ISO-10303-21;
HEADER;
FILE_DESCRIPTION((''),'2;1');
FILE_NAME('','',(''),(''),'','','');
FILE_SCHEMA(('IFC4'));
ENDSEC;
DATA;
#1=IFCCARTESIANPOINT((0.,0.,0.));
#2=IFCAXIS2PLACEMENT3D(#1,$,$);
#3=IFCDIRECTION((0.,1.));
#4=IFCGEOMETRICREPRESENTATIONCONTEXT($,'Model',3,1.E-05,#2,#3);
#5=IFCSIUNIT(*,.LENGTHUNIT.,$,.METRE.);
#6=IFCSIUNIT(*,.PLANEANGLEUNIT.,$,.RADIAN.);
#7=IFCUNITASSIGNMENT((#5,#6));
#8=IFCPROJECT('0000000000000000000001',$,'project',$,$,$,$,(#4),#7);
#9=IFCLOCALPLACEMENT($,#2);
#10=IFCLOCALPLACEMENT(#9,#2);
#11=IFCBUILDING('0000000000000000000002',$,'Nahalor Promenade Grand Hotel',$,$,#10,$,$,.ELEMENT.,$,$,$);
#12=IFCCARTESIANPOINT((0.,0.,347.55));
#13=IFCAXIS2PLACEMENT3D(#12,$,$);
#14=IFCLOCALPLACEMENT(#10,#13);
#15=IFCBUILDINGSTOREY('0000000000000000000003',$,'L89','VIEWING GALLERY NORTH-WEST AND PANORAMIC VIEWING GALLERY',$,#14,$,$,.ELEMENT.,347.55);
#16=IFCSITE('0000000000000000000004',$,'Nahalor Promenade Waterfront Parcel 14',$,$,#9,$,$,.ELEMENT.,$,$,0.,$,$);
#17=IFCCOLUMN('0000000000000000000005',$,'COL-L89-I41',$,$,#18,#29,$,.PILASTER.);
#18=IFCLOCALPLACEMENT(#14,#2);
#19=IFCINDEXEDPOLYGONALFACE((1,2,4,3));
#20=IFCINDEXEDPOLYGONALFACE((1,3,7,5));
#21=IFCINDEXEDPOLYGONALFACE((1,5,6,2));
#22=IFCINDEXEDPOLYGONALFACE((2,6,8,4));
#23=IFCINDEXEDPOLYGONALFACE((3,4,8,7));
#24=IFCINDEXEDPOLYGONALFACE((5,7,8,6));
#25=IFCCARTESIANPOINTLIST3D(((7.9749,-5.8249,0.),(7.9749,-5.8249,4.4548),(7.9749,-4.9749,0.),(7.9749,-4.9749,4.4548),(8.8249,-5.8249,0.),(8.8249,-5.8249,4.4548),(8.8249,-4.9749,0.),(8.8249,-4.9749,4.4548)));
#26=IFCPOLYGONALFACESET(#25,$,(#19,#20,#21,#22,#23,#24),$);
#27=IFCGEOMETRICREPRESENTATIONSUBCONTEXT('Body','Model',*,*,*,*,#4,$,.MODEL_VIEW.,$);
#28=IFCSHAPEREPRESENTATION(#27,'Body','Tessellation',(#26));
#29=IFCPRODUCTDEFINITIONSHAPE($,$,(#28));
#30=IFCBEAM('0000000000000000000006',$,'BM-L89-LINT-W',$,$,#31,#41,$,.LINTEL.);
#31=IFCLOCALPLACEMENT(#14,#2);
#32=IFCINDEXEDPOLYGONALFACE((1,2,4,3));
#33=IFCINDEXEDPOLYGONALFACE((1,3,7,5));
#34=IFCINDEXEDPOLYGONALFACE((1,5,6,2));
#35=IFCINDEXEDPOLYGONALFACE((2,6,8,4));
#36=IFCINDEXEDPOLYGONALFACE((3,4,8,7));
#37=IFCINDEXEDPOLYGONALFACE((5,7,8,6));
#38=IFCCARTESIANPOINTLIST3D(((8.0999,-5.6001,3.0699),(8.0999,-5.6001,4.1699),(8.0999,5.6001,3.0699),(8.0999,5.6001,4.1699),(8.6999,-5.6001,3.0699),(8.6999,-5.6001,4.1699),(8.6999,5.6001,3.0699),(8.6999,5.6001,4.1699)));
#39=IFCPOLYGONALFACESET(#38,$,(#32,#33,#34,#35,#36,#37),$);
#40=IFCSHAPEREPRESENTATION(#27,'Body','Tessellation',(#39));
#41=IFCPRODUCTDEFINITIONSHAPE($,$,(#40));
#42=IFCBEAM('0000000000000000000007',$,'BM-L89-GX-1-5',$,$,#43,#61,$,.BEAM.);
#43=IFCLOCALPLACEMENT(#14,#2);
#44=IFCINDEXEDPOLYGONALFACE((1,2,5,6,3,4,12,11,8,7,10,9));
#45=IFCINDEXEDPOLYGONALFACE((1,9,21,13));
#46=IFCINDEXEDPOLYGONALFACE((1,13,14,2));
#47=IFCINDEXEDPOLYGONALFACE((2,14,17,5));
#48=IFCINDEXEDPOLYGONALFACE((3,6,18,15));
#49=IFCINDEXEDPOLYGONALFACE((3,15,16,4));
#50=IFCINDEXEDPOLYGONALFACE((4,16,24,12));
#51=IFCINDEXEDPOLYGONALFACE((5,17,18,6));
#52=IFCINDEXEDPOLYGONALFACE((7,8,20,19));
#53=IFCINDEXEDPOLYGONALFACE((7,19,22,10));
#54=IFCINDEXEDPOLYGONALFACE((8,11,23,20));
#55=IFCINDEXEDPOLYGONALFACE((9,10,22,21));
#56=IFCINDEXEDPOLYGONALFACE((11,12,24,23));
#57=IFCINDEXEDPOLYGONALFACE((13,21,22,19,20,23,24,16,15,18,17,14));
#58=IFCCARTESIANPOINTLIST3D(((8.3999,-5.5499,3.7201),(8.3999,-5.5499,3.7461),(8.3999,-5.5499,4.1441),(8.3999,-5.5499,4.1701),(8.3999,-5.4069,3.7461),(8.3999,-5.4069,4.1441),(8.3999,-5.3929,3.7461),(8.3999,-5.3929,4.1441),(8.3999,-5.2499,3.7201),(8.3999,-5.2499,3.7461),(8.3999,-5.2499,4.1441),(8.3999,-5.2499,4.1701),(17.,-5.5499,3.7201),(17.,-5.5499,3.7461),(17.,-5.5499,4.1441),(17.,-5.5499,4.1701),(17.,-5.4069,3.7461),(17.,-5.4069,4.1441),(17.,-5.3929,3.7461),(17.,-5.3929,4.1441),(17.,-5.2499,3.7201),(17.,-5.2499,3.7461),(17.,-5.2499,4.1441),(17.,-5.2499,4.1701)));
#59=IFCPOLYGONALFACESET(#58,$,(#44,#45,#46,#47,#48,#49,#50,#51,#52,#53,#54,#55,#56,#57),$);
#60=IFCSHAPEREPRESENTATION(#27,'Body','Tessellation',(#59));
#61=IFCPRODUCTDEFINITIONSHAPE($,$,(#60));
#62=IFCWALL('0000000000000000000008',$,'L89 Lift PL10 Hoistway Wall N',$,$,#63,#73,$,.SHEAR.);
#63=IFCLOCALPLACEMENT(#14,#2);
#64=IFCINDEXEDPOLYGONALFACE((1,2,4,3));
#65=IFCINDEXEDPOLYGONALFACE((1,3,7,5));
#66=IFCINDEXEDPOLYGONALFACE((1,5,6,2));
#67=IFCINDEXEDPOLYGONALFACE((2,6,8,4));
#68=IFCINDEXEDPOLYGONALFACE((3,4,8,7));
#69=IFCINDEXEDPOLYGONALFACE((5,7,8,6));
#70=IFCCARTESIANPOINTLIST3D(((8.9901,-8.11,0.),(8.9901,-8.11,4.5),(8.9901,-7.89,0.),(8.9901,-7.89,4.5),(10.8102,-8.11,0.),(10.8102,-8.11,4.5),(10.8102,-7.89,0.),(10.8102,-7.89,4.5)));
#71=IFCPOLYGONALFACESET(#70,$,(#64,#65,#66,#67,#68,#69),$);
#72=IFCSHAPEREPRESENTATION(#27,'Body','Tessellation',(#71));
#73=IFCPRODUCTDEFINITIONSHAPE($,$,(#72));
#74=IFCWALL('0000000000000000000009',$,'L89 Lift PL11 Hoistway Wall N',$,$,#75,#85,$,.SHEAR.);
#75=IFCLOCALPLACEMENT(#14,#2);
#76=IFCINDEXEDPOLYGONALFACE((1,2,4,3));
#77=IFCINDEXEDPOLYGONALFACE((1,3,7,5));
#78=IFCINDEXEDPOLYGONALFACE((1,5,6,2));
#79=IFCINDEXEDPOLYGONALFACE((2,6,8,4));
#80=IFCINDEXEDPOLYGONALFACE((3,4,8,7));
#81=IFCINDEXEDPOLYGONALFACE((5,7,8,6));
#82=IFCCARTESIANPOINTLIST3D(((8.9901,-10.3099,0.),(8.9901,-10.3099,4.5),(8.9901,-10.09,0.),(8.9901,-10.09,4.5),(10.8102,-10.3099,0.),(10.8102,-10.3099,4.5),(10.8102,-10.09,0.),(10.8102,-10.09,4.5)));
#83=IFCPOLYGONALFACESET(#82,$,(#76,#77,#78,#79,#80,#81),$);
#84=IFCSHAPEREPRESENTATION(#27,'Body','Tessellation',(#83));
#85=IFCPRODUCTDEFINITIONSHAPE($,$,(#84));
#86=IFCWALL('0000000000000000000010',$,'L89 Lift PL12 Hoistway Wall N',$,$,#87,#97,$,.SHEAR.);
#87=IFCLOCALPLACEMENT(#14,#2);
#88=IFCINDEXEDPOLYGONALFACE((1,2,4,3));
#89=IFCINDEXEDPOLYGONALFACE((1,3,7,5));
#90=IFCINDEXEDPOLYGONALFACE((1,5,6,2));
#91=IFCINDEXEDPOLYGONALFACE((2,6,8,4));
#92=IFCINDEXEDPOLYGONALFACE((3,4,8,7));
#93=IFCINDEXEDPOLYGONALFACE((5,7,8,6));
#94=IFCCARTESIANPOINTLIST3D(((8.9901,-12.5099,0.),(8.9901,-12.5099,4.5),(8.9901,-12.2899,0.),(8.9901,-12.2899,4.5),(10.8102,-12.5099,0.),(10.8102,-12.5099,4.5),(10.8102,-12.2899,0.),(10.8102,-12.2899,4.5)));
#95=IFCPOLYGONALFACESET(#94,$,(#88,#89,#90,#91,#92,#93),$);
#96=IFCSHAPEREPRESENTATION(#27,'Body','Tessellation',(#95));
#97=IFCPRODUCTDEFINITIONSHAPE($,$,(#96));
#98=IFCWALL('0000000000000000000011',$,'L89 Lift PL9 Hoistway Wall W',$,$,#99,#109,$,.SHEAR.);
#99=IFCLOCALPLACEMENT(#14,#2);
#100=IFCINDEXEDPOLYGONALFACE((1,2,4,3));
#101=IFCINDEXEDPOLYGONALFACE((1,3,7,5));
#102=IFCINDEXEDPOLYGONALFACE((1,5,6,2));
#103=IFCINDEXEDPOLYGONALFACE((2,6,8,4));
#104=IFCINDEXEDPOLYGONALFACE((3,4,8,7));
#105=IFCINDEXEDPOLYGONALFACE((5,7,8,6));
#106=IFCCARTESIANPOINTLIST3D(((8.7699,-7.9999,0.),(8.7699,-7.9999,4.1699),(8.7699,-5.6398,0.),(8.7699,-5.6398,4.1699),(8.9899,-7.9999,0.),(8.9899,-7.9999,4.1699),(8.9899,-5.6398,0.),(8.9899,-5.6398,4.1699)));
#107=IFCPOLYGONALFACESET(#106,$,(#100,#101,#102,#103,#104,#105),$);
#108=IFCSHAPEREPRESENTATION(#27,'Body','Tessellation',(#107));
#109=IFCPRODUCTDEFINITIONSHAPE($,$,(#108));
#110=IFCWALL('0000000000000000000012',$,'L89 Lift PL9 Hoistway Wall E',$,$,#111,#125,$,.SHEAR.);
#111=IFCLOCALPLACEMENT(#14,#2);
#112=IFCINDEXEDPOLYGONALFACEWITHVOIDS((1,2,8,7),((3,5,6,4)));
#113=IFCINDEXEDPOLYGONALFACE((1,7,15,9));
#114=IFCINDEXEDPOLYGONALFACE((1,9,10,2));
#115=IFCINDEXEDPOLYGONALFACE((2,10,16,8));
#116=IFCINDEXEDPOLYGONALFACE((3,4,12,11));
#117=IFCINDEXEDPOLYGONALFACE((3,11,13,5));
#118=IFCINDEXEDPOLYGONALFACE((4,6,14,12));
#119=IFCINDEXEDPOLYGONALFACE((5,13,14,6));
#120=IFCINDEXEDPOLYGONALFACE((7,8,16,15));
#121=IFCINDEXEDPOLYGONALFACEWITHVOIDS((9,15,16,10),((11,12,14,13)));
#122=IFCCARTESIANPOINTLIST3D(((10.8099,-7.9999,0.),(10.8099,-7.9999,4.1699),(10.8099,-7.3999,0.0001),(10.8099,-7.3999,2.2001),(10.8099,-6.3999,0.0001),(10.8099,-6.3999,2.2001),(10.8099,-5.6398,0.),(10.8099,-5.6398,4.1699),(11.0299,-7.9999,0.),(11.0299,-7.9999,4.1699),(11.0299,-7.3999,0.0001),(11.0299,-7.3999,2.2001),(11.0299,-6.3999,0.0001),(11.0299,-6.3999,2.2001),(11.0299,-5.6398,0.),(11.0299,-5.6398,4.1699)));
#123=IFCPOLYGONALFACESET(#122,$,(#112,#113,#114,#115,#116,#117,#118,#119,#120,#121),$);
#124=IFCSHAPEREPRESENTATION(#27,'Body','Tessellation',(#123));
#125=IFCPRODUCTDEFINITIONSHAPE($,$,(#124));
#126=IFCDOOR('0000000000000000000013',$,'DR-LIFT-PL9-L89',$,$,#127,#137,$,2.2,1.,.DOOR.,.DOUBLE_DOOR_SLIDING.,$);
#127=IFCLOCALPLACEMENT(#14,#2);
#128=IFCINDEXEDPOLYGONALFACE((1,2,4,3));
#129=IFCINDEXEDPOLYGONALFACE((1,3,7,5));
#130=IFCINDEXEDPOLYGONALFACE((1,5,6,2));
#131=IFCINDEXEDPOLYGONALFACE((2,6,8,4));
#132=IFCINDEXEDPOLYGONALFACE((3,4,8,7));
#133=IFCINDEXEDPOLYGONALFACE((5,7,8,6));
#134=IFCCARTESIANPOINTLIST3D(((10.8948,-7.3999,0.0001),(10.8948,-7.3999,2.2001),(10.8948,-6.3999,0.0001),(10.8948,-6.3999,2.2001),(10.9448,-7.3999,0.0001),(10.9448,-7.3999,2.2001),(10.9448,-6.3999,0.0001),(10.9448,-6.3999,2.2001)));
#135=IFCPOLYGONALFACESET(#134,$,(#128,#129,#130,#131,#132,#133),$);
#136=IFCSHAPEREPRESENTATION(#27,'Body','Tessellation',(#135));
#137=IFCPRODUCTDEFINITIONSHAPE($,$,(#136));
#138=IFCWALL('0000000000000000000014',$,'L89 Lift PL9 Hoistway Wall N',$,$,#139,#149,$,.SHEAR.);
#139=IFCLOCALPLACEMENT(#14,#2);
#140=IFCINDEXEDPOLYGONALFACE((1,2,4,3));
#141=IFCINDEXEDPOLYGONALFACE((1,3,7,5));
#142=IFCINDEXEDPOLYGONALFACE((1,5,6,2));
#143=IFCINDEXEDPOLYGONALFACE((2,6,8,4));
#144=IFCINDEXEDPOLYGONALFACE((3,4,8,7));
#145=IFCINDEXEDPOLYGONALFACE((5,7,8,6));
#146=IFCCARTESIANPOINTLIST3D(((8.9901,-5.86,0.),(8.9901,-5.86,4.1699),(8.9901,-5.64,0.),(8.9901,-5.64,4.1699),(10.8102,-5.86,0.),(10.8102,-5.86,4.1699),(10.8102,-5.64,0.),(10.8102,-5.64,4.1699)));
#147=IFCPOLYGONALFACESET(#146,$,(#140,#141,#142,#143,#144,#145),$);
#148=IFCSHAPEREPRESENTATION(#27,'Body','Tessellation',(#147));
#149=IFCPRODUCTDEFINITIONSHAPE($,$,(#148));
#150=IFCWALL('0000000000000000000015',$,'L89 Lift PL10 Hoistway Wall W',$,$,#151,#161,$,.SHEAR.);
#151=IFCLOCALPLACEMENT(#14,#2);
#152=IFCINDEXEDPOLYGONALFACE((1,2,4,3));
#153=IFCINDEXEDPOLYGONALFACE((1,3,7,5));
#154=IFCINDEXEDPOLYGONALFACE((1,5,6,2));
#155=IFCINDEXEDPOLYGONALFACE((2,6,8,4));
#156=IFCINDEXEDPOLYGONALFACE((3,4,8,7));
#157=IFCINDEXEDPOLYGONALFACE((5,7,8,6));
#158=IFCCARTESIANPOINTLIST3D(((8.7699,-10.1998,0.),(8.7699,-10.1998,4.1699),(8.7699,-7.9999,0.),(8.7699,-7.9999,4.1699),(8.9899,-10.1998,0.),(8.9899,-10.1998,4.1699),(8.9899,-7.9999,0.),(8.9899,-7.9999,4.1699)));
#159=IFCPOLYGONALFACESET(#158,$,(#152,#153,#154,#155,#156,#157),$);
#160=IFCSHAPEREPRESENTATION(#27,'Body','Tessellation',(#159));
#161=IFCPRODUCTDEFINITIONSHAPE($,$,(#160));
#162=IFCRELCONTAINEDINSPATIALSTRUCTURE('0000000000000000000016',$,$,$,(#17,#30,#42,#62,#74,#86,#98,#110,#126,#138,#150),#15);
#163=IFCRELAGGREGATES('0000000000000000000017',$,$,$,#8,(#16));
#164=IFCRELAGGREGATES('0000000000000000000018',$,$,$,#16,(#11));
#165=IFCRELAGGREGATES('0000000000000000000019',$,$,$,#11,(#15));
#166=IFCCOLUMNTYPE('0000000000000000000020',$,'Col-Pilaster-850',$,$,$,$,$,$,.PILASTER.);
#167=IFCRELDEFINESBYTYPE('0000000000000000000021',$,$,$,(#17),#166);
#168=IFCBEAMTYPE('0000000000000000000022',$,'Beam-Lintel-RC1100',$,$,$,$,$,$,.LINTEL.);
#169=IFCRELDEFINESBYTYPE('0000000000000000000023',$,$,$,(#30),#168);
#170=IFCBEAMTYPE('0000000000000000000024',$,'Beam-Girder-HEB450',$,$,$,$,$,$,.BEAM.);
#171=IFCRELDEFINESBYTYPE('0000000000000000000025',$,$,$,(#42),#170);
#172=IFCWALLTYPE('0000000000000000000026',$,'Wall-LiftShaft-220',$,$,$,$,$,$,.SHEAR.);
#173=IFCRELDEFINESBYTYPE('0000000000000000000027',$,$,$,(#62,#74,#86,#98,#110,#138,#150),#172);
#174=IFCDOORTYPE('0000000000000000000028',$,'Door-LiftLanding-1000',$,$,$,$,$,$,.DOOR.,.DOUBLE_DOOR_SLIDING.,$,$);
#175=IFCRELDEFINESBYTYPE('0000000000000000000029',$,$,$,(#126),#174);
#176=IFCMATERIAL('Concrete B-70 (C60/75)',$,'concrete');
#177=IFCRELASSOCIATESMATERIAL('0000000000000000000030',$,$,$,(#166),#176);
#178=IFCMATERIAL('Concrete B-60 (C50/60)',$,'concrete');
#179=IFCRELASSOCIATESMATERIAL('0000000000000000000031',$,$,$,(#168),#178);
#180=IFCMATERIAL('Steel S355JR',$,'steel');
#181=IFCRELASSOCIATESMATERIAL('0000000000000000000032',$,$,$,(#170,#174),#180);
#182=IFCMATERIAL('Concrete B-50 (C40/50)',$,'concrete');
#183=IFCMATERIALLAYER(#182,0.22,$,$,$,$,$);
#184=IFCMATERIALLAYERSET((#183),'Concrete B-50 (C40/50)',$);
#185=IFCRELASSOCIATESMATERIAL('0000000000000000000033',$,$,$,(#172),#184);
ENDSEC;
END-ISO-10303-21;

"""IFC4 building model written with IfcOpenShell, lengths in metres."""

from ifc_helpers import new_model, si_unit, direction, frame, frame_2d, origin, origin_2d, place, context, subcontext, project, spatial, rectangle, i_section, extrude, source, transform, mapped, material, layer, layer_set, material_profile, profile_set, type_object, element, fill, save


model = new_model("IFC4")

# Units and contexts
model_context = context("Model", 3, precision=1e-05, world=origin(), true_north=direction((0.0, 1.0)))
body_context = subcontext(model_context, "Body", "Model", "MODEL_VIEW")
ifc_project = project(units=[si_unit("LENGTHUNIT", "METRE"), si_unit("PLANEANGLEUNIT", "RADIAN")], contexts=[model_context])

# Site, building, storey
site_placement = place(None, origin())
site = spatial("IfcSite", under=ifc_project, at=site_placement, Name="Nahalor Promenade Waterfront Parcel 14", CompositionType="ELEMENT", RefElevation=0.0)
building_placement = place(site_placement, origin())
building = spatial("IfcBuilding", under=site, at=building_placement, Name="Nahalor Promenade Grand Hotel", CompositionType="ELEMENT")
storey_placement = place(building_placement, frame((0.0, 0.0, 347.55)))
storey = spatial("IfcBuildingStorey", under=building, at=storey_placement, Name="L89", Description="VIEWING GALLERY NORTH-WEST AND PANORAMIC VIEWING GALLERY", CompositionType="ELEMENT", Elevation=347.55)

# Column
ifc_material_1 = material(Name="Concrete B-70 (C60/75)", Category="concrete")
ifc_material_profile_1 = material_profile(ifc_material_1, rectangle(XDim=0.85, YDim=0.85, at=origin_2d()), Name="RC 850x850")
ifc_profile_set_1 = profile_set([ifc_material_profile_1], Name="Concrete B-70 (C60/75)")
column_type = type_object("IfcColumnType", Name="Col-Pilaster-850", PredefinedType="PILASTER", material=ifc_profile_set_1)
shared_shape_1 = source(origin(), body_context, "Body", "SweptSolid", [
    extrude(rectangle(XDim=0.85, YDim=0.85, at=origin_2d()), origin(), (0.0, 0.0, 1.0), 4.4548),
])
column_placement = place(storey_placement, frame((8.3999, -5.3999, 0.0), z_axis=(0.0, 0.0, 1.0), x_axis=(1.0, 0.0, 0.0)))
element("IfcColumn", 1, at=column_placement, inside=storey, type_object=column_type, Name="COL-L89-I41", PredefinedType="PILASTER", context=body_context, shape_type="MappedRepresentation", body=[
    mapped(shared_shape_1, transform((0.0, 0.0, 0.0), scale=1.0)),
])

# Beams
ifc_material_2 = material(Name="Concrete B-60 (C50/60)", Category="concrete")
ifc_material_profile_2 = material_profile(ifc_material_2, rectangle(XDim=0.6, YDim=1.1, at=origin_2d()), Name="RC 600x1100")
ifc_profile_set_2 = profile_set([ifc_material_profile_2], Name="Concrete B-60 (C50/60)")
beam_type_1 = type_object("IfcBeamType", Name="Beam-Lintel-RC1100", PredefinedType="LINTEL", material=ifc_profile_set_2)
shared_shape_2 = source(origin(), body_context, "Body", "SweptSolid", [
    extrude(rectangle(XDim=0.6, YDim=1.1, at=origin_2d()), origin(), (0.0, 0.0, 1.0), 11.2002),
])
beam_1_placement = place(storey_placement, frame((8.3999, -5.6001, 3.6199), z_axis=(0.0, 1.0, 0.0), x_axis=(-1.0, 0.0, 0.0)))
element("IfcBeam", 2, at=beam_1_placement, inside=storey, type_object=beam_type_1, Name="BM-L89-LINT-W", PredefinedType="LINTEL", context=body_context, shape_type="MappedRepresentation", body=[
    mapped(shared_shape_2, transform((0.0, 0.0, 0.0), scale=1.0)),
])
ifc_material_3 = material(Name="Steel S355JR", Category="steel")
ifc_material_profile_3 = material_profile(ifc_material_3, i_section(OverallWidth=0.3, OverallDepth=0.45, WebThickness=0.014, FlangeThickness=0.026, at=origin_2d()), Name="HEB 450")
ifc_profile_set_3 = profile_set([ifc_material_profile_3], Name="Steel S355JR")
beam_type_2 = type_object("IfcBeamType", Name="Beam-Girder-HEB450", PredefinedType="BEAM", material=ifc_profile_set_3)
shared_shape_3 = source(origin(), body_context, "Body", "SweptSolid", [
    extrude(i_section(OverallWidth=0.3, OverallDepth=0.45, WebThickness=0.014, FlangeThickness=0.026, at=origin_2d()), origin(), (0.0, 0.0, 1.0), 8.6001),
])
beam_2_placement = place(storey_placement, frame((8.3999, -5.3999, 3.9451), z_axis=(1.0, 0.0, 0.0), x_axis=(0.0, 1.0, 0.0)))
element("IfcBeam", 3, at=beam_2_placement, inside=storey, type_object=beam_type_2, Name="BM-L89-GX-1-5", PredefinedType="BEAM", context=body_context, shape_type="MappedRepresentation", body=[
    mapped(shared_shape_3, transform((0.0, 0.0, 0.0), scale=1.0)),
])

# Walls
ifc_material_4 = material(Name="Concrete B-50 (C40/50)", Category="concrete")
ifc_layer_1 = layer(ifc_material_4, 0.22)
ifc_layer_set_1 = layer_set([ifc_layer_1], Name="Concrete B-50 (C40/50)")
wall_type_1 = type_object("IfcWallType", Name="Wall-LiftShaft-220", PredefinedType="SHEAR", material=ifc_layer_set_1)
shared_shape_4 = source(origin(), body_context, "Body", "SweptSolid", [
    extrude(rectangle(XDim=1.8201, YDim=0.22, at=frame_2d((0.9102, 0.0))), origin(), (0.0, 0.0, 1.0), 4.5),
])
for number, where, z_axis, x_axis, name in (
    (4, (8.99, -8.0, 0.0), (0.0, 0.0, 1.0), (1.0, 0.0, 0.0), "L89 Lift PL10 Hoistway Wall N"),
    (5, (8.99, -10.2, 0.0), (0.0, 0.0, 1.0), (1.0, 0.0, 0.0), "L89 Lift PL11 Hoistway Wall N"),
    (6, (8.99, -12.3999, 0.0), (0.0, 0.0, 1.0), (1.0, 0.0, 0.0), "L89 Lift PL12 Hoistway Wall N"),
):
    element("IfcWall", number, at=place(storey_placement, frame(where, z_axis=z_axis, x_axis=x_axis)), inside=storey, type_object=wall_type_1, Name=name, PredefinedType="SHEAR", context=body_context, shape_type="MappedRepresentation", body=[
        mapped(shared_shape_4, transform((0.0, 0.0, 0.0), scale=1.0)),
    ])
shared_shape_5 = source(origin(), body_context, "Body", "SweptSolid", [
    extrude(rectangle(XDim=2.3601, YDim=0.22, at=frame_2d((1.1802, 0.0))), origin(), (0.0, 0.0, 1.0), 4.1699),
])
wall_1_placement = place(storey_placement, frame((8.8799, -8.0, 0.0), z_axis=(0.0, 0.0, 1.0), x_axis=(0.0, 1.0, 0.0)))
element("IfcWall", 7, at=wall_1_placement, inside=storey, type_object=wall_type_1, Name="L89 Lift PL9 Hoistway Wall W", PredefinedType="SHEAR", context=body_context, shape_type="MappedRepresentation", body=[
    mapped(shared_shape_5, transform((0.0, 0.0, 0.0), scale=1.0)),
])

# Wall, opening, door
wall_2_placement = place(storey_placement, frame((10.9199, -8.0, 0.0), z_axis=(0.0, 0.0, 1.0), x_axis=(0.0, 1.0, 0.0)))
wall_2 = element("IfcWall", 8, at=wall_2_placement, inside=storey, type_object=wall_type_1, Name="L89 Lift PL9 Hoistway Wall E", PredefinedType="SHEAR", context=body_context, shape_type="MappedRepresentation", body=[
    mapped(shared_shape_5, transform((0.0, 0.0, 0.0), scale=1.0)),
])
opening_1_placement = place(wall_2_placement, frame((0.6001, 0.0, 0.0)))
opening_1 = element("IfcOpeningElement", 9, at=opening_1_placement, cuts=wall_2, PredefinedType="OPENING", context=body_context, shape_type="SweptSolid", body=[
    extrude(rectangle(XDim=1.0, YDim=2.2, at=frame_2d((0.5, 1.1001))), frame((0.0, 0.1199, 0.0), z_axis=(0.0, -1.0, 0.0), x_axis=(1.0, 0.0, 0.0)), (0.0, 0.0, 1.0), 0.24),
])
door_type_1 = type_object("IfcDoorType", Name="Door-LiftLanding-1000", OperationType="DOUBLE_DOOR_SLIDING", PredefinedType="DOOR", material=ifc_material_3)
shared_shape_6 = source(origin(), body_context, "Body", "SweptSolid", [
    extrude(rectangle(XDim=1.0, YDim=2.2, at=frame_2d((0.5, 1.1001))), frame((0.0, 0.0249, 0.0), z_axis=(0.0, -1.0, 0.0), x_axis=(1.0, 0.0, 0.0)), (0.0, 0.0, 1.0), 0.05),
])
door_1_placement = place(opening_1_placement, frame((1.0, 0.0, 0.0), z_axis=(0.0, 0.0, 1.0), x_axis=(-1.0, 0.0, 0.0)))
door_1 = element("IfcDoor", 10, at=door_1_placement, inside=storey, type_object=door_type_1, Name="DR-LIFT-PL9-L89", OperationType="DOUBLE_DOOR_SLIDING", OverallHeight=2.2, OverallWidth=1.0, PredefinedType="DOOR", context=body_context, shape_type="MappedRepresentation", body=[
    mapped(shared_shape_6, transform((0.0, 0.0, 0.0), scale=1.0)),
])
fill(opening_1, door_1)

# Walls
shared_shape_7 = source(origin(), body_context, "Body", "SweptSolid", [
    extrude(rectangle(XDim=1.8201, YDim=0.22, at=frame_2d((0.9102, 0.0))), origin(), (0.0, 0.0, 1.0), 4.1699),
])
wall_3_placement = place(storey_placement, frame((8.99, -5.75, 0.0), z_axis=(0.0, 0.0, 1.0), x_axis=(1.0, 0.0, 0.0)))
element("IfcWall", 11, at=wall_3_placement, inside=storey, type_object=wall_type_1, Name="L89 Lift PL9 Hoistway Wall N", PredefinedType="SHEAR", context=body_context, shape_type="MappedRepresentation", body=[
    mapped(shared_shape_7, transform((0.0, 0.0, 0.0), scale=1.0)),
])
shared_shape_8 = source(origin(), body_context, "Body", "SweptSolid", [
    extrude(rectangle(XDim=2.2, YDim=0.22, at=frame_2d((1.1001, 0.0))), origin(), (0.0, 0.0, 1.0), 4.1699),
])
wall_4_placement = place(storey_placement, frame((8.8799, -10.2, 0.0), z_axis=(0.0, 0.0, 1.0), x_axis=(0.0, 1.0, 0.0)))
element("IfcWall", 12, at=wall_4_placement, inside=storey, type_object=wall_type_1, Name="L89 Lift PL10 Hoistway Wall W", PredefinedType="SHEAR", context=body_context, shape_type="MappedRepresentation", body=[
    mapped(shared_shape_8, transform((0.0, 0.0, 0.0), scale=1.0)),
])

save(model, "model.ifc")
